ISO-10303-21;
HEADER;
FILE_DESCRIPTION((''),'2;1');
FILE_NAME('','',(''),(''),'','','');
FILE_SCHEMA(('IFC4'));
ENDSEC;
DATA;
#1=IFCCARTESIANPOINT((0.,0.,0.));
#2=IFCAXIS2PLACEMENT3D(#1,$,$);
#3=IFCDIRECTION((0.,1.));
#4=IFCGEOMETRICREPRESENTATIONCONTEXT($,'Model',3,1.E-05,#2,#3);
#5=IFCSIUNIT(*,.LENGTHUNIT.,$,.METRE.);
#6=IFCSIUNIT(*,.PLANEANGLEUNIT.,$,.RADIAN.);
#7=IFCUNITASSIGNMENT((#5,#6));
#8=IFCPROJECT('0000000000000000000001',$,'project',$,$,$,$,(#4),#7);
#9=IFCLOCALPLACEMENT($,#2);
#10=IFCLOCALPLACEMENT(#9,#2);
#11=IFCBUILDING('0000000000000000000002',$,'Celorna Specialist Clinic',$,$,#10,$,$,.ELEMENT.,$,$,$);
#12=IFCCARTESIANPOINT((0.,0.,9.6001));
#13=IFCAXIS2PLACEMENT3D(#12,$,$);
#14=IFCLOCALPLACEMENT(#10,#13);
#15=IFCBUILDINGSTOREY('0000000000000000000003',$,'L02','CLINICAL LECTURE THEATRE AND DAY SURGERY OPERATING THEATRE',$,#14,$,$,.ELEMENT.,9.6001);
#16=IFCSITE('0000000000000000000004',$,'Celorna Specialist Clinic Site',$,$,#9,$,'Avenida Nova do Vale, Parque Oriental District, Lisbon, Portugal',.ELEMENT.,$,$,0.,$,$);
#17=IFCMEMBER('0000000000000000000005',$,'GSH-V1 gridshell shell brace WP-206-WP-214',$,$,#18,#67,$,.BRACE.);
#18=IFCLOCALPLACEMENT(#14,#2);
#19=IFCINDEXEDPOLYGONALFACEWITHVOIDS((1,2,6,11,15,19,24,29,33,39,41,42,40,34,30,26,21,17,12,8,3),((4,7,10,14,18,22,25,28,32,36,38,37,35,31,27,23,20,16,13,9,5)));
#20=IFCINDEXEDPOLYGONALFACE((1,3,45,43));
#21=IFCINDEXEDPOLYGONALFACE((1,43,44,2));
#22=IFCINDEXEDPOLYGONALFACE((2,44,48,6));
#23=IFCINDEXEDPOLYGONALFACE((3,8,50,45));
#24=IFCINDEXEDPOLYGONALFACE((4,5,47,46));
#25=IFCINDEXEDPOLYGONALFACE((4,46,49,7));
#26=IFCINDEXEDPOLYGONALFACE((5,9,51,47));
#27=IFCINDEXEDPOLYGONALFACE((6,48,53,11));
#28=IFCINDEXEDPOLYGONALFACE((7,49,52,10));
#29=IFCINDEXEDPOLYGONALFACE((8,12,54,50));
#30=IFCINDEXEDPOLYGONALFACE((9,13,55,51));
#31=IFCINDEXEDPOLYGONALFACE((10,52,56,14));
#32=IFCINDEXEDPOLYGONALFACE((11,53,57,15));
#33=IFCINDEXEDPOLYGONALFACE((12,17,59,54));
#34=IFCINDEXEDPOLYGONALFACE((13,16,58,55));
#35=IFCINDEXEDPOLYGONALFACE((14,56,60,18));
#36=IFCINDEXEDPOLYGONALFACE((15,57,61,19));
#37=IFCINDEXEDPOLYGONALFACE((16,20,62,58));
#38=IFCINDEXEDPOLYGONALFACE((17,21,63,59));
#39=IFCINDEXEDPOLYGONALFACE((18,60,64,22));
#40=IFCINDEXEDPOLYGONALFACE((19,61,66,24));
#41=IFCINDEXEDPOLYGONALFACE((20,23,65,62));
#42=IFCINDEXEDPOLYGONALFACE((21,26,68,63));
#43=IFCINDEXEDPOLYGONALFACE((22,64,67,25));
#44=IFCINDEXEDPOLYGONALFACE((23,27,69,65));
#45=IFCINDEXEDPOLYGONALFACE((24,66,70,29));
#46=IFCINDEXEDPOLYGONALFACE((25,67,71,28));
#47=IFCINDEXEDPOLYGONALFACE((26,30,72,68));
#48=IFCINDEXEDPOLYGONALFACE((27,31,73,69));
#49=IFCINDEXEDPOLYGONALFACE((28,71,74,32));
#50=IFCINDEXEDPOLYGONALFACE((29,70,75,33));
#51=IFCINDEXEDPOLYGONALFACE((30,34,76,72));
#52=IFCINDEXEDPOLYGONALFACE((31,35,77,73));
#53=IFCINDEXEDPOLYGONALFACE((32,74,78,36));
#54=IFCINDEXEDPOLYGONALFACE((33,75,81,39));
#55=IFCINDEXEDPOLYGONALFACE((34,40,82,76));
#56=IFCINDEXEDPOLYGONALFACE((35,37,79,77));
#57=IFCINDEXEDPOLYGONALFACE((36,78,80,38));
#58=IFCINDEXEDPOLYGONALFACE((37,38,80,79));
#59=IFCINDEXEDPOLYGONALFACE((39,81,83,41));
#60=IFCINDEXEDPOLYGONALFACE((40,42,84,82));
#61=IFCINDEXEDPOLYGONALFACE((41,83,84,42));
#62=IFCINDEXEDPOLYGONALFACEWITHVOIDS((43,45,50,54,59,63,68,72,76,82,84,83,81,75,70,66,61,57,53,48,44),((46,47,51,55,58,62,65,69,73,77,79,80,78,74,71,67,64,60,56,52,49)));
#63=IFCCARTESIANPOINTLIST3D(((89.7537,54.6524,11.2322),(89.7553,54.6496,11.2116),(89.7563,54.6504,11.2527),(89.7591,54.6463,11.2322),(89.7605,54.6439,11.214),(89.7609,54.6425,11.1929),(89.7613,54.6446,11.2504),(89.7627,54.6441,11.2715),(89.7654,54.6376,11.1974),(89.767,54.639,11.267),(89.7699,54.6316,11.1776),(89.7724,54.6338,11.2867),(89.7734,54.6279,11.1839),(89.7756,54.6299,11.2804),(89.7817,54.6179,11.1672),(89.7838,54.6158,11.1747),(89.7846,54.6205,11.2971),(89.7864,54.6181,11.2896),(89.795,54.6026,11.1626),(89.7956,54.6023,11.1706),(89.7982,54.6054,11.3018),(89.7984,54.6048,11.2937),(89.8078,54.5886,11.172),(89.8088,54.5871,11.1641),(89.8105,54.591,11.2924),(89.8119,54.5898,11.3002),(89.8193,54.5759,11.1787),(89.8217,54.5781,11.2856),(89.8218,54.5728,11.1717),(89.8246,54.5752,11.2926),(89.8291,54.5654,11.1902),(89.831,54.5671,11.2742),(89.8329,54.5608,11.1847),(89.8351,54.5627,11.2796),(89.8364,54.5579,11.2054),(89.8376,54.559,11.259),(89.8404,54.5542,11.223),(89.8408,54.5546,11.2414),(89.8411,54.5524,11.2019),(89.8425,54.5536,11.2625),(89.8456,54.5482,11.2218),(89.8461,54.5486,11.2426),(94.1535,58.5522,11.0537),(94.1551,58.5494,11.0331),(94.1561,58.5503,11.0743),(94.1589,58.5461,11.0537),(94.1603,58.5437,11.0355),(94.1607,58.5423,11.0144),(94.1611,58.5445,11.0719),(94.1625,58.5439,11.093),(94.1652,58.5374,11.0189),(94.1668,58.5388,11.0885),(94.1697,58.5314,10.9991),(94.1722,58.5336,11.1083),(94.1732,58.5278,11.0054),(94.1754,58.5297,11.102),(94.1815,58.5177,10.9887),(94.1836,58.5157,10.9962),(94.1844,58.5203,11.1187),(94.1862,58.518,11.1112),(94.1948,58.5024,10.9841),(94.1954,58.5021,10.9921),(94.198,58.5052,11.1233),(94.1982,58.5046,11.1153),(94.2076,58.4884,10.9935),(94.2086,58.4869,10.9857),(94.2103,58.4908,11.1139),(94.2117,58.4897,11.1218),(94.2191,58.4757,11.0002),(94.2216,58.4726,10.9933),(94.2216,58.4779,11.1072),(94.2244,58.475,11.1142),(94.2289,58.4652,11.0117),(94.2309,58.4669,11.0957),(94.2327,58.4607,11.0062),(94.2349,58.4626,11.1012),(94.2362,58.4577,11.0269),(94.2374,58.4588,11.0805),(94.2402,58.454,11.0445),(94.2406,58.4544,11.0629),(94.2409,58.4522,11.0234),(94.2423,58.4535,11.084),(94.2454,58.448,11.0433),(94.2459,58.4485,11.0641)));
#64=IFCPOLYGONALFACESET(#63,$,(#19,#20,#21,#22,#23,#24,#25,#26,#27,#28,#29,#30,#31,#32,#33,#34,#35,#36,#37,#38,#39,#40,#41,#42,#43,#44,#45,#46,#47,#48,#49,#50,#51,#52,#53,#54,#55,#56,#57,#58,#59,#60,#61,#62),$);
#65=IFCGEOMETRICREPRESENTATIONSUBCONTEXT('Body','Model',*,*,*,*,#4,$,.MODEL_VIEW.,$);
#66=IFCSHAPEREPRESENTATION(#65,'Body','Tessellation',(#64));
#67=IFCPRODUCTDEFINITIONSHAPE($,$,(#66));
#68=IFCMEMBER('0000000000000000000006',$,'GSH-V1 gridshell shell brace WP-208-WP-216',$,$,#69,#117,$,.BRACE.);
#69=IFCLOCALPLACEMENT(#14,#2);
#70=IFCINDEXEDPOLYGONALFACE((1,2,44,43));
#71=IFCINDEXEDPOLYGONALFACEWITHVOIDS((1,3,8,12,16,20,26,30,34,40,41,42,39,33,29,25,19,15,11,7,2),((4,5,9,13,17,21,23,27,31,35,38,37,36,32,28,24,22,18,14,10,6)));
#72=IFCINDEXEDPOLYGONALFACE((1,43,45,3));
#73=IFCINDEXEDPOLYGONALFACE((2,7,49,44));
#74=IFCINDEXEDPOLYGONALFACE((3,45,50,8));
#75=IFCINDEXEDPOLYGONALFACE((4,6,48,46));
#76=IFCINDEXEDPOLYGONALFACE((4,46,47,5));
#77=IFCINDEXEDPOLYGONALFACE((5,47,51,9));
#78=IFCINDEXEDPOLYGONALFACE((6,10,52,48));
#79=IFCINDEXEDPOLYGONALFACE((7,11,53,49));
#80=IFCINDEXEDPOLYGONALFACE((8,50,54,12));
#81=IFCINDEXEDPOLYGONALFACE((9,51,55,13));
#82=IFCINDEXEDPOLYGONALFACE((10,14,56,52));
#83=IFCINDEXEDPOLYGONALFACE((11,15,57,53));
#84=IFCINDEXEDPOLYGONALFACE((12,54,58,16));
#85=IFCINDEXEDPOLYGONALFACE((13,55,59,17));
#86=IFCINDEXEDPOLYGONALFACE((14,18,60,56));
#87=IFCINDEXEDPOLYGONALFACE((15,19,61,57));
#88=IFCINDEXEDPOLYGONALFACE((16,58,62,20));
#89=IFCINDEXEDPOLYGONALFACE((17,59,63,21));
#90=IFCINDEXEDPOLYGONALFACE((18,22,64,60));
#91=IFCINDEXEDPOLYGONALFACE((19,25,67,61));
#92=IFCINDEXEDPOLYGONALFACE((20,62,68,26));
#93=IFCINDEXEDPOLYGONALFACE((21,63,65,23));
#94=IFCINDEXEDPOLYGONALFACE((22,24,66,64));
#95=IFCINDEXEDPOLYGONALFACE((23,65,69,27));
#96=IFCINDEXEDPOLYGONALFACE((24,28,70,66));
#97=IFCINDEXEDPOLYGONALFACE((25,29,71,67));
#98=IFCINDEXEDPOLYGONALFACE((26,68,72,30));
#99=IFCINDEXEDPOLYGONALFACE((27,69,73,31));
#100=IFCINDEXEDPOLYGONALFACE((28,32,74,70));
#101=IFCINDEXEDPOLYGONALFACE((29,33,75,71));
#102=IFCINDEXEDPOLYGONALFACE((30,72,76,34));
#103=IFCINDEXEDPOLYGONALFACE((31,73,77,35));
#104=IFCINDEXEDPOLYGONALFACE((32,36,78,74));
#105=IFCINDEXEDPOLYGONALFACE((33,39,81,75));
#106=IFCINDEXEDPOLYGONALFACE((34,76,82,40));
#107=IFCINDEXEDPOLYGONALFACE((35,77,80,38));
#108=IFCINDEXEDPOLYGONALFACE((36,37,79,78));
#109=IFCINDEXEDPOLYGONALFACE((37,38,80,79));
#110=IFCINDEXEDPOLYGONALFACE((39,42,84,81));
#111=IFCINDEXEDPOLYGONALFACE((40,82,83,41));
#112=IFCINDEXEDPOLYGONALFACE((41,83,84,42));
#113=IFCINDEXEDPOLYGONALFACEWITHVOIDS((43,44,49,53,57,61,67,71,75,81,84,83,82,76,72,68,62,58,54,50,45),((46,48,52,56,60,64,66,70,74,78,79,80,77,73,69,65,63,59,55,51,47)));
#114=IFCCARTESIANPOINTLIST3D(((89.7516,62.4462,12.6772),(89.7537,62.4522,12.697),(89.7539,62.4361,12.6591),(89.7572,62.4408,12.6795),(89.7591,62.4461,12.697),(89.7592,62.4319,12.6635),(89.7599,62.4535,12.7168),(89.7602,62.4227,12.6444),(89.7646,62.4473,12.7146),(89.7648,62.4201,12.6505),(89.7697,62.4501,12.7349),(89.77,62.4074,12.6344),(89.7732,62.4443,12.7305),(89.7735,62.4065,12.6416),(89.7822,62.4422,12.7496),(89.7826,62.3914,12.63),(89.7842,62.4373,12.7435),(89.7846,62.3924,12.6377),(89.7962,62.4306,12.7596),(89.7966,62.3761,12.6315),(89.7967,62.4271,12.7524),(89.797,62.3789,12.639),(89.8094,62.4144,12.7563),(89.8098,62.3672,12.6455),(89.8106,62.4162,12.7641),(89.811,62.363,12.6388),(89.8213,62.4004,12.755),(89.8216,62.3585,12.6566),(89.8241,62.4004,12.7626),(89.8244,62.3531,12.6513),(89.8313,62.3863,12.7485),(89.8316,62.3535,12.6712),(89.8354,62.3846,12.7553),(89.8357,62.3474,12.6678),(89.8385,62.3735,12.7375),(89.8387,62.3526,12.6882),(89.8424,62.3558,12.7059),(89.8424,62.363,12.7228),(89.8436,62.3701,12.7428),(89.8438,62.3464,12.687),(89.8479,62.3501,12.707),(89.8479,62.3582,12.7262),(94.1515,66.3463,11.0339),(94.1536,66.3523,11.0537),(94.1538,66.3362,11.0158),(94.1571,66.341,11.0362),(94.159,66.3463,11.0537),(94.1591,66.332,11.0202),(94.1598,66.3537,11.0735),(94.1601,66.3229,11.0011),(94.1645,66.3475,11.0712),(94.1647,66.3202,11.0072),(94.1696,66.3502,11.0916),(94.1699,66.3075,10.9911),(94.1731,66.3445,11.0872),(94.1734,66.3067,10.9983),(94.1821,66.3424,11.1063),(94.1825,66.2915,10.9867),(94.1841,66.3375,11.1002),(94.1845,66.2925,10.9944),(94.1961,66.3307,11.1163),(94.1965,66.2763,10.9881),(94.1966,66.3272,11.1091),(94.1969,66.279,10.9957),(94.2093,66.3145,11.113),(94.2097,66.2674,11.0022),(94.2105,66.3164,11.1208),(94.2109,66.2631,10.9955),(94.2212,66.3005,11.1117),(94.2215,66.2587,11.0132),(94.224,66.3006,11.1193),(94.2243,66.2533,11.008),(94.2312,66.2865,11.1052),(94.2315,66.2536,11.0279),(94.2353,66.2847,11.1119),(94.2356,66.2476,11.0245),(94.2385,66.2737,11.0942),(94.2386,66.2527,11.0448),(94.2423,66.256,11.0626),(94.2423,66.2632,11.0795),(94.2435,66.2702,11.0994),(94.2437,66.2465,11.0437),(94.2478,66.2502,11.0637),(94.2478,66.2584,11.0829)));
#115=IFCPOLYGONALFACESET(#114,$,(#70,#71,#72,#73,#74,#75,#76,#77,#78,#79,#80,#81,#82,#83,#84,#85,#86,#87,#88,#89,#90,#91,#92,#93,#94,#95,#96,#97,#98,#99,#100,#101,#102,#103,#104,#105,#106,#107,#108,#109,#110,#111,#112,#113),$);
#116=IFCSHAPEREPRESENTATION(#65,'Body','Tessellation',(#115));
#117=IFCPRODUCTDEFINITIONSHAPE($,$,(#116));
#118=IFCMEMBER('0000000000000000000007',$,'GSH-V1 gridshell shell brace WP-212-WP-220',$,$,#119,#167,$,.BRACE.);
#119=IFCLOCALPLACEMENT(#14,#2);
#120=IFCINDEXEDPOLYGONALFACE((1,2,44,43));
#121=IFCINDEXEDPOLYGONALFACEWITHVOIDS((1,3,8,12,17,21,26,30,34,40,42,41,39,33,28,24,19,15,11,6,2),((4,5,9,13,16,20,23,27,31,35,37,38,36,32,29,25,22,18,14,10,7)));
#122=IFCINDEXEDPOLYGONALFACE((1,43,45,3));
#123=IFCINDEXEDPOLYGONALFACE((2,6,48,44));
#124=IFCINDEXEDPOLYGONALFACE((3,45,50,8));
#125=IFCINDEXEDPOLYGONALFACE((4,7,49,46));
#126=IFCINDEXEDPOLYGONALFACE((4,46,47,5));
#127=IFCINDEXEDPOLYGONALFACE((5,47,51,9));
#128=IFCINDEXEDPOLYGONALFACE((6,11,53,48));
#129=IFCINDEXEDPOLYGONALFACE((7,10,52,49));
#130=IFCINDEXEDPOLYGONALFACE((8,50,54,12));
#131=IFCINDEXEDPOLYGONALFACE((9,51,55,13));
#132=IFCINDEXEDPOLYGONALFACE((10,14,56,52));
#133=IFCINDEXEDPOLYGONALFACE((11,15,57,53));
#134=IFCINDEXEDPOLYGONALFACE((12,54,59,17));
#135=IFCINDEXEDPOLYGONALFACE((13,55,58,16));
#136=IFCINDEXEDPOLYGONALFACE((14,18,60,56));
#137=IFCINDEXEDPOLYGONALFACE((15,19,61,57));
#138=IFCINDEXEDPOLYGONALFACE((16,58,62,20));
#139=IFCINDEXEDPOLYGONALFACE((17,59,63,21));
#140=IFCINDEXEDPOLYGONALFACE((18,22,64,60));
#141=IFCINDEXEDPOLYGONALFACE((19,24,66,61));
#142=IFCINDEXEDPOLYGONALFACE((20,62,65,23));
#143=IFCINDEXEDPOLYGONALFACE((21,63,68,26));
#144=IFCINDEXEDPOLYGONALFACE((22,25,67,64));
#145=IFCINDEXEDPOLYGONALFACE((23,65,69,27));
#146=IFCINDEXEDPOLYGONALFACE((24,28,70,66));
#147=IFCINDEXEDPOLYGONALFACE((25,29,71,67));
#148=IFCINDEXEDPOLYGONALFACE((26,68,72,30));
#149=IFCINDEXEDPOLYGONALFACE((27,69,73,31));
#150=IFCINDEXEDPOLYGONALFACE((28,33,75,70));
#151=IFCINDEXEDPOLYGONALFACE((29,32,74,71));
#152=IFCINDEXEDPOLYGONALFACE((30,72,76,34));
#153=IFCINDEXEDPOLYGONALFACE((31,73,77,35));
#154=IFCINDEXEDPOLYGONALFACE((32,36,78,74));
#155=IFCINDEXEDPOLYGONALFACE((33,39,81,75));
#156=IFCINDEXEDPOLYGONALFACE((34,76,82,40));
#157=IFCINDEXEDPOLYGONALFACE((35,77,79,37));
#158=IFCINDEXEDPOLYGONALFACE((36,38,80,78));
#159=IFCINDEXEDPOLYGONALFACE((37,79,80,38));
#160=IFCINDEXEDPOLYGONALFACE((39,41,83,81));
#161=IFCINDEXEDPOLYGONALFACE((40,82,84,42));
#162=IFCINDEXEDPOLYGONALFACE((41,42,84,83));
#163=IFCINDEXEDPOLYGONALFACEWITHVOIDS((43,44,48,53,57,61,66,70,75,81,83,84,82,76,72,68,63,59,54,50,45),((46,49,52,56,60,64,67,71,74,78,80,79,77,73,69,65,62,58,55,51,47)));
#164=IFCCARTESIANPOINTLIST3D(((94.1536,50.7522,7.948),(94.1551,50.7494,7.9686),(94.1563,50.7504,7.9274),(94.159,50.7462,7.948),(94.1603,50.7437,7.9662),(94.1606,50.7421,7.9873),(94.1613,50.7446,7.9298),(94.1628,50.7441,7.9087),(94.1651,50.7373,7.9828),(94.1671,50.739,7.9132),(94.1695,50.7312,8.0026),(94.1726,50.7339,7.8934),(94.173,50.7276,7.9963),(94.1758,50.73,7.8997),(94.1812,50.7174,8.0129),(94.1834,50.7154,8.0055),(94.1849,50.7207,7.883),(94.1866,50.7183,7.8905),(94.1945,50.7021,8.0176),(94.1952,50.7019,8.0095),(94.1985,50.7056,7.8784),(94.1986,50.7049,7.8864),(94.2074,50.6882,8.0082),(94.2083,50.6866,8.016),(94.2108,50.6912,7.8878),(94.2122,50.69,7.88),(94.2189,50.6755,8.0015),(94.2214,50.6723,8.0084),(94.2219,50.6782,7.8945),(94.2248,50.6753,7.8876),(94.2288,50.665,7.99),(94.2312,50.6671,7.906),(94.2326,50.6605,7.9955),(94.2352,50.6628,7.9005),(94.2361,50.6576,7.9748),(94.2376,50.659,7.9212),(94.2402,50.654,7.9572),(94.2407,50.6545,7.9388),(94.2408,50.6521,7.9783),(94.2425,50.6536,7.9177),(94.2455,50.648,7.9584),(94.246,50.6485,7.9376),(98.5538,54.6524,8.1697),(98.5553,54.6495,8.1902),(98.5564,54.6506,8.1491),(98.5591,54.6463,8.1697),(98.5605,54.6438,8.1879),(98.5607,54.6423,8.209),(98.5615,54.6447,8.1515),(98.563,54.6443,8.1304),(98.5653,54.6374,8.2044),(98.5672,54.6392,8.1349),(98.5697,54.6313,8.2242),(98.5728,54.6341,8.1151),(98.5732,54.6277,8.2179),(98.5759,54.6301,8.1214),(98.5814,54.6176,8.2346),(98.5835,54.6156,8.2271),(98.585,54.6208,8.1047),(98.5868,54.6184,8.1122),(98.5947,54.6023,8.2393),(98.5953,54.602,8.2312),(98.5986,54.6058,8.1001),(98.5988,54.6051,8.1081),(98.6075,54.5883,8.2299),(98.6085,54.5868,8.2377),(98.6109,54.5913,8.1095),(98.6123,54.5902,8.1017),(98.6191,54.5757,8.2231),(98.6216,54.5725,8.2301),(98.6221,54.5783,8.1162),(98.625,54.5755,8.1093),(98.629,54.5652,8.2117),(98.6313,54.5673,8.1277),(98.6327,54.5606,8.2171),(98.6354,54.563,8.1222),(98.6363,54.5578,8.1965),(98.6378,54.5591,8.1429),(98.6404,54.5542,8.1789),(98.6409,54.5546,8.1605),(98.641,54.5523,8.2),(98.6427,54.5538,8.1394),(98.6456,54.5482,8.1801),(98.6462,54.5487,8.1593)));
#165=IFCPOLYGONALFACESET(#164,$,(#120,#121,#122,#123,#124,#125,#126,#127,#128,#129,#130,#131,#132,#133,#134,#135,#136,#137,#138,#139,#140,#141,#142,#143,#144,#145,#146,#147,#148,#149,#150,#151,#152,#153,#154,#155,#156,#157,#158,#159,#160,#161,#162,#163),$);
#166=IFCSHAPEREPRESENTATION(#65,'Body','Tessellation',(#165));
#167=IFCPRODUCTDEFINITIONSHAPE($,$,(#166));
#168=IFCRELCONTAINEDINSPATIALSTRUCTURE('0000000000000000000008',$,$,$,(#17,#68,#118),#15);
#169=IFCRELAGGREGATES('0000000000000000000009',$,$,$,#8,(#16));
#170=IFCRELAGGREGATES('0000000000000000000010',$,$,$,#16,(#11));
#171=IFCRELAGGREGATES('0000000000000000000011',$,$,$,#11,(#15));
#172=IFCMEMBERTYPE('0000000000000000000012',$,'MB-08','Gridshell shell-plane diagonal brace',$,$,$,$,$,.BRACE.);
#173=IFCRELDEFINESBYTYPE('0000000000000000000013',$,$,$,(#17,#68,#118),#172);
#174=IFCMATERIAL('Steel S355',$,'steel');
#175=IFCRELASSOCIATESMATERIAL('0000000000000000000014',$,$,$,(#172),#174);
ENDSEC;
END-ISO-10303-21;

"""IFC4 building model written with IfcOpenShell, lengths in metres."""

from ifc_helpers import new_model, si_unit, direction, frame, origin, origin_2d, place, context, subcontext, project, spatial, hollow_circle, extrude, material, material_profile, profile_set, type_object, element, save


model = new_model("IFC4")

# Units and contexts
model_context = context("Model", 3, precision=1e-05, world=origin(), true_north=direction((0.0, 1.0)))
body_context = subcontext(model_context, "Body", "Model", "MODEL_VIEW")
ifc_project = project(units=[si_unit("LENGTHUNIT", "METRE"), si_unit("PLANEANGLEUNIT", "RADIAN")], contexts=[model_context])

# Site, building, storey
site_placement = place(None, origin())
site = spatial("IfcSite", under=ifc_project, at=site_placement, Name="Celorna Specialist Clinic Site", LongName="Avenida Nova do Vale, Parque Oriental District, Lisbon, Portugal", CompositionType="ELEMENT", RefElevation=0.0)
building_placement = place(site_placement, origin())
building = spatial("IfcBuilding", under=site, at=building_placement, Name="Celorna Specialist Clinic", CompositionType="ELEMENT")
storey_placement = place(building_placement, frame((0.0, 0.0, 9.6001)))
storey = spatial("IfcBuildingStorey", under=building, at=storey_placement, Name="L02", Description="CLINICAL LECTURE THEATRE AND DAY SURGERY OPERATING THEATRE", CompositionType="ELEMENT", Elevation=9.6001)

# Members
ifc_material_1 = material(Name="Steel S355", Category="steel")
ifc_material_profile_1 = material_profile(ifc_material_1, hollow_circle(Radius=0.0698, WallThickness=0.0081, at=origin_2d()), Name="CHS 139.7x8")
ifc_profile_set_1 = profile_set([ifc_material_profile_1], Name="Steel S355")
member_type_1 = type_object("IfcMemberType", Name="MB-08", Description="Gridshell shell-plane diagonal brace", PredefinedType="BRACE", material=ifc_profile_set_1)
member_1_placement = place(storey_placement, frame((89.8, 54.6001, 11.2322), z_axis=(0.748003, 0.663001, -0.03034), x_axis=(-0.663306, 0.748348, 0.0)))
element("IfcMember", 1, at=member_1_placement, inside=storey, type_object=member_type_1, Name="GSH-V1 gridshell shell brace WP-206-WP-214", PredefinedType="BRACE", context=body_context, shape_type="SweptSolid", body=[
    extrude(hollow_circle(Radius=0.0698, WallThickness=0.0081, at=origin_2d()), origin(), (0.0, 0.0, 1.0), 5.8821),
])
member_2_placement = place(storey_placement, frame((89.8, 62.3999, 12.697), z_axis=(0.720707, 0.638847, -0.269176), x_axis=(-0.66333, 0.748327, 0.0)))
element("IfcMember", 2, at=member_2_placement, inside=storey, type_object=member_type_1, Name="GSH-V1 gridshell shell brace WP-208-WP-216", PredefinedType="BRACE", context=body_context, shape_type="SweptSolid", body=[
    extrude(hollow_circle(Radius=0.0698, WallThickness=0.0081, at=origin_2d()), origin(), (0.0, 0.0, 1.0), 6.105),
])
member_3_placement = place(storey_placement, frame((94.2, 50.7, 7.948), z_axis=(0.747814, 0.662838, 0.037675), x_axis=(-0.663309, 0.748346, 0.0)))
element("IfcMember", 3, at=member_3_placement, inside=storey, type_object=member_type_1, Name="GSH-V1 gridshell shell brace WP-212-WP-220", PredefinedType="BRACE", context=body_context, shape_type="SweptSolid", body=[
    extrude(hollow_circle(Radius=0.0698, WallThickness=0.0081, at=origin_2d()), origin(), (0.0, 0.0, 1.0), 5.884),
])

save(model, "model.ifc")
